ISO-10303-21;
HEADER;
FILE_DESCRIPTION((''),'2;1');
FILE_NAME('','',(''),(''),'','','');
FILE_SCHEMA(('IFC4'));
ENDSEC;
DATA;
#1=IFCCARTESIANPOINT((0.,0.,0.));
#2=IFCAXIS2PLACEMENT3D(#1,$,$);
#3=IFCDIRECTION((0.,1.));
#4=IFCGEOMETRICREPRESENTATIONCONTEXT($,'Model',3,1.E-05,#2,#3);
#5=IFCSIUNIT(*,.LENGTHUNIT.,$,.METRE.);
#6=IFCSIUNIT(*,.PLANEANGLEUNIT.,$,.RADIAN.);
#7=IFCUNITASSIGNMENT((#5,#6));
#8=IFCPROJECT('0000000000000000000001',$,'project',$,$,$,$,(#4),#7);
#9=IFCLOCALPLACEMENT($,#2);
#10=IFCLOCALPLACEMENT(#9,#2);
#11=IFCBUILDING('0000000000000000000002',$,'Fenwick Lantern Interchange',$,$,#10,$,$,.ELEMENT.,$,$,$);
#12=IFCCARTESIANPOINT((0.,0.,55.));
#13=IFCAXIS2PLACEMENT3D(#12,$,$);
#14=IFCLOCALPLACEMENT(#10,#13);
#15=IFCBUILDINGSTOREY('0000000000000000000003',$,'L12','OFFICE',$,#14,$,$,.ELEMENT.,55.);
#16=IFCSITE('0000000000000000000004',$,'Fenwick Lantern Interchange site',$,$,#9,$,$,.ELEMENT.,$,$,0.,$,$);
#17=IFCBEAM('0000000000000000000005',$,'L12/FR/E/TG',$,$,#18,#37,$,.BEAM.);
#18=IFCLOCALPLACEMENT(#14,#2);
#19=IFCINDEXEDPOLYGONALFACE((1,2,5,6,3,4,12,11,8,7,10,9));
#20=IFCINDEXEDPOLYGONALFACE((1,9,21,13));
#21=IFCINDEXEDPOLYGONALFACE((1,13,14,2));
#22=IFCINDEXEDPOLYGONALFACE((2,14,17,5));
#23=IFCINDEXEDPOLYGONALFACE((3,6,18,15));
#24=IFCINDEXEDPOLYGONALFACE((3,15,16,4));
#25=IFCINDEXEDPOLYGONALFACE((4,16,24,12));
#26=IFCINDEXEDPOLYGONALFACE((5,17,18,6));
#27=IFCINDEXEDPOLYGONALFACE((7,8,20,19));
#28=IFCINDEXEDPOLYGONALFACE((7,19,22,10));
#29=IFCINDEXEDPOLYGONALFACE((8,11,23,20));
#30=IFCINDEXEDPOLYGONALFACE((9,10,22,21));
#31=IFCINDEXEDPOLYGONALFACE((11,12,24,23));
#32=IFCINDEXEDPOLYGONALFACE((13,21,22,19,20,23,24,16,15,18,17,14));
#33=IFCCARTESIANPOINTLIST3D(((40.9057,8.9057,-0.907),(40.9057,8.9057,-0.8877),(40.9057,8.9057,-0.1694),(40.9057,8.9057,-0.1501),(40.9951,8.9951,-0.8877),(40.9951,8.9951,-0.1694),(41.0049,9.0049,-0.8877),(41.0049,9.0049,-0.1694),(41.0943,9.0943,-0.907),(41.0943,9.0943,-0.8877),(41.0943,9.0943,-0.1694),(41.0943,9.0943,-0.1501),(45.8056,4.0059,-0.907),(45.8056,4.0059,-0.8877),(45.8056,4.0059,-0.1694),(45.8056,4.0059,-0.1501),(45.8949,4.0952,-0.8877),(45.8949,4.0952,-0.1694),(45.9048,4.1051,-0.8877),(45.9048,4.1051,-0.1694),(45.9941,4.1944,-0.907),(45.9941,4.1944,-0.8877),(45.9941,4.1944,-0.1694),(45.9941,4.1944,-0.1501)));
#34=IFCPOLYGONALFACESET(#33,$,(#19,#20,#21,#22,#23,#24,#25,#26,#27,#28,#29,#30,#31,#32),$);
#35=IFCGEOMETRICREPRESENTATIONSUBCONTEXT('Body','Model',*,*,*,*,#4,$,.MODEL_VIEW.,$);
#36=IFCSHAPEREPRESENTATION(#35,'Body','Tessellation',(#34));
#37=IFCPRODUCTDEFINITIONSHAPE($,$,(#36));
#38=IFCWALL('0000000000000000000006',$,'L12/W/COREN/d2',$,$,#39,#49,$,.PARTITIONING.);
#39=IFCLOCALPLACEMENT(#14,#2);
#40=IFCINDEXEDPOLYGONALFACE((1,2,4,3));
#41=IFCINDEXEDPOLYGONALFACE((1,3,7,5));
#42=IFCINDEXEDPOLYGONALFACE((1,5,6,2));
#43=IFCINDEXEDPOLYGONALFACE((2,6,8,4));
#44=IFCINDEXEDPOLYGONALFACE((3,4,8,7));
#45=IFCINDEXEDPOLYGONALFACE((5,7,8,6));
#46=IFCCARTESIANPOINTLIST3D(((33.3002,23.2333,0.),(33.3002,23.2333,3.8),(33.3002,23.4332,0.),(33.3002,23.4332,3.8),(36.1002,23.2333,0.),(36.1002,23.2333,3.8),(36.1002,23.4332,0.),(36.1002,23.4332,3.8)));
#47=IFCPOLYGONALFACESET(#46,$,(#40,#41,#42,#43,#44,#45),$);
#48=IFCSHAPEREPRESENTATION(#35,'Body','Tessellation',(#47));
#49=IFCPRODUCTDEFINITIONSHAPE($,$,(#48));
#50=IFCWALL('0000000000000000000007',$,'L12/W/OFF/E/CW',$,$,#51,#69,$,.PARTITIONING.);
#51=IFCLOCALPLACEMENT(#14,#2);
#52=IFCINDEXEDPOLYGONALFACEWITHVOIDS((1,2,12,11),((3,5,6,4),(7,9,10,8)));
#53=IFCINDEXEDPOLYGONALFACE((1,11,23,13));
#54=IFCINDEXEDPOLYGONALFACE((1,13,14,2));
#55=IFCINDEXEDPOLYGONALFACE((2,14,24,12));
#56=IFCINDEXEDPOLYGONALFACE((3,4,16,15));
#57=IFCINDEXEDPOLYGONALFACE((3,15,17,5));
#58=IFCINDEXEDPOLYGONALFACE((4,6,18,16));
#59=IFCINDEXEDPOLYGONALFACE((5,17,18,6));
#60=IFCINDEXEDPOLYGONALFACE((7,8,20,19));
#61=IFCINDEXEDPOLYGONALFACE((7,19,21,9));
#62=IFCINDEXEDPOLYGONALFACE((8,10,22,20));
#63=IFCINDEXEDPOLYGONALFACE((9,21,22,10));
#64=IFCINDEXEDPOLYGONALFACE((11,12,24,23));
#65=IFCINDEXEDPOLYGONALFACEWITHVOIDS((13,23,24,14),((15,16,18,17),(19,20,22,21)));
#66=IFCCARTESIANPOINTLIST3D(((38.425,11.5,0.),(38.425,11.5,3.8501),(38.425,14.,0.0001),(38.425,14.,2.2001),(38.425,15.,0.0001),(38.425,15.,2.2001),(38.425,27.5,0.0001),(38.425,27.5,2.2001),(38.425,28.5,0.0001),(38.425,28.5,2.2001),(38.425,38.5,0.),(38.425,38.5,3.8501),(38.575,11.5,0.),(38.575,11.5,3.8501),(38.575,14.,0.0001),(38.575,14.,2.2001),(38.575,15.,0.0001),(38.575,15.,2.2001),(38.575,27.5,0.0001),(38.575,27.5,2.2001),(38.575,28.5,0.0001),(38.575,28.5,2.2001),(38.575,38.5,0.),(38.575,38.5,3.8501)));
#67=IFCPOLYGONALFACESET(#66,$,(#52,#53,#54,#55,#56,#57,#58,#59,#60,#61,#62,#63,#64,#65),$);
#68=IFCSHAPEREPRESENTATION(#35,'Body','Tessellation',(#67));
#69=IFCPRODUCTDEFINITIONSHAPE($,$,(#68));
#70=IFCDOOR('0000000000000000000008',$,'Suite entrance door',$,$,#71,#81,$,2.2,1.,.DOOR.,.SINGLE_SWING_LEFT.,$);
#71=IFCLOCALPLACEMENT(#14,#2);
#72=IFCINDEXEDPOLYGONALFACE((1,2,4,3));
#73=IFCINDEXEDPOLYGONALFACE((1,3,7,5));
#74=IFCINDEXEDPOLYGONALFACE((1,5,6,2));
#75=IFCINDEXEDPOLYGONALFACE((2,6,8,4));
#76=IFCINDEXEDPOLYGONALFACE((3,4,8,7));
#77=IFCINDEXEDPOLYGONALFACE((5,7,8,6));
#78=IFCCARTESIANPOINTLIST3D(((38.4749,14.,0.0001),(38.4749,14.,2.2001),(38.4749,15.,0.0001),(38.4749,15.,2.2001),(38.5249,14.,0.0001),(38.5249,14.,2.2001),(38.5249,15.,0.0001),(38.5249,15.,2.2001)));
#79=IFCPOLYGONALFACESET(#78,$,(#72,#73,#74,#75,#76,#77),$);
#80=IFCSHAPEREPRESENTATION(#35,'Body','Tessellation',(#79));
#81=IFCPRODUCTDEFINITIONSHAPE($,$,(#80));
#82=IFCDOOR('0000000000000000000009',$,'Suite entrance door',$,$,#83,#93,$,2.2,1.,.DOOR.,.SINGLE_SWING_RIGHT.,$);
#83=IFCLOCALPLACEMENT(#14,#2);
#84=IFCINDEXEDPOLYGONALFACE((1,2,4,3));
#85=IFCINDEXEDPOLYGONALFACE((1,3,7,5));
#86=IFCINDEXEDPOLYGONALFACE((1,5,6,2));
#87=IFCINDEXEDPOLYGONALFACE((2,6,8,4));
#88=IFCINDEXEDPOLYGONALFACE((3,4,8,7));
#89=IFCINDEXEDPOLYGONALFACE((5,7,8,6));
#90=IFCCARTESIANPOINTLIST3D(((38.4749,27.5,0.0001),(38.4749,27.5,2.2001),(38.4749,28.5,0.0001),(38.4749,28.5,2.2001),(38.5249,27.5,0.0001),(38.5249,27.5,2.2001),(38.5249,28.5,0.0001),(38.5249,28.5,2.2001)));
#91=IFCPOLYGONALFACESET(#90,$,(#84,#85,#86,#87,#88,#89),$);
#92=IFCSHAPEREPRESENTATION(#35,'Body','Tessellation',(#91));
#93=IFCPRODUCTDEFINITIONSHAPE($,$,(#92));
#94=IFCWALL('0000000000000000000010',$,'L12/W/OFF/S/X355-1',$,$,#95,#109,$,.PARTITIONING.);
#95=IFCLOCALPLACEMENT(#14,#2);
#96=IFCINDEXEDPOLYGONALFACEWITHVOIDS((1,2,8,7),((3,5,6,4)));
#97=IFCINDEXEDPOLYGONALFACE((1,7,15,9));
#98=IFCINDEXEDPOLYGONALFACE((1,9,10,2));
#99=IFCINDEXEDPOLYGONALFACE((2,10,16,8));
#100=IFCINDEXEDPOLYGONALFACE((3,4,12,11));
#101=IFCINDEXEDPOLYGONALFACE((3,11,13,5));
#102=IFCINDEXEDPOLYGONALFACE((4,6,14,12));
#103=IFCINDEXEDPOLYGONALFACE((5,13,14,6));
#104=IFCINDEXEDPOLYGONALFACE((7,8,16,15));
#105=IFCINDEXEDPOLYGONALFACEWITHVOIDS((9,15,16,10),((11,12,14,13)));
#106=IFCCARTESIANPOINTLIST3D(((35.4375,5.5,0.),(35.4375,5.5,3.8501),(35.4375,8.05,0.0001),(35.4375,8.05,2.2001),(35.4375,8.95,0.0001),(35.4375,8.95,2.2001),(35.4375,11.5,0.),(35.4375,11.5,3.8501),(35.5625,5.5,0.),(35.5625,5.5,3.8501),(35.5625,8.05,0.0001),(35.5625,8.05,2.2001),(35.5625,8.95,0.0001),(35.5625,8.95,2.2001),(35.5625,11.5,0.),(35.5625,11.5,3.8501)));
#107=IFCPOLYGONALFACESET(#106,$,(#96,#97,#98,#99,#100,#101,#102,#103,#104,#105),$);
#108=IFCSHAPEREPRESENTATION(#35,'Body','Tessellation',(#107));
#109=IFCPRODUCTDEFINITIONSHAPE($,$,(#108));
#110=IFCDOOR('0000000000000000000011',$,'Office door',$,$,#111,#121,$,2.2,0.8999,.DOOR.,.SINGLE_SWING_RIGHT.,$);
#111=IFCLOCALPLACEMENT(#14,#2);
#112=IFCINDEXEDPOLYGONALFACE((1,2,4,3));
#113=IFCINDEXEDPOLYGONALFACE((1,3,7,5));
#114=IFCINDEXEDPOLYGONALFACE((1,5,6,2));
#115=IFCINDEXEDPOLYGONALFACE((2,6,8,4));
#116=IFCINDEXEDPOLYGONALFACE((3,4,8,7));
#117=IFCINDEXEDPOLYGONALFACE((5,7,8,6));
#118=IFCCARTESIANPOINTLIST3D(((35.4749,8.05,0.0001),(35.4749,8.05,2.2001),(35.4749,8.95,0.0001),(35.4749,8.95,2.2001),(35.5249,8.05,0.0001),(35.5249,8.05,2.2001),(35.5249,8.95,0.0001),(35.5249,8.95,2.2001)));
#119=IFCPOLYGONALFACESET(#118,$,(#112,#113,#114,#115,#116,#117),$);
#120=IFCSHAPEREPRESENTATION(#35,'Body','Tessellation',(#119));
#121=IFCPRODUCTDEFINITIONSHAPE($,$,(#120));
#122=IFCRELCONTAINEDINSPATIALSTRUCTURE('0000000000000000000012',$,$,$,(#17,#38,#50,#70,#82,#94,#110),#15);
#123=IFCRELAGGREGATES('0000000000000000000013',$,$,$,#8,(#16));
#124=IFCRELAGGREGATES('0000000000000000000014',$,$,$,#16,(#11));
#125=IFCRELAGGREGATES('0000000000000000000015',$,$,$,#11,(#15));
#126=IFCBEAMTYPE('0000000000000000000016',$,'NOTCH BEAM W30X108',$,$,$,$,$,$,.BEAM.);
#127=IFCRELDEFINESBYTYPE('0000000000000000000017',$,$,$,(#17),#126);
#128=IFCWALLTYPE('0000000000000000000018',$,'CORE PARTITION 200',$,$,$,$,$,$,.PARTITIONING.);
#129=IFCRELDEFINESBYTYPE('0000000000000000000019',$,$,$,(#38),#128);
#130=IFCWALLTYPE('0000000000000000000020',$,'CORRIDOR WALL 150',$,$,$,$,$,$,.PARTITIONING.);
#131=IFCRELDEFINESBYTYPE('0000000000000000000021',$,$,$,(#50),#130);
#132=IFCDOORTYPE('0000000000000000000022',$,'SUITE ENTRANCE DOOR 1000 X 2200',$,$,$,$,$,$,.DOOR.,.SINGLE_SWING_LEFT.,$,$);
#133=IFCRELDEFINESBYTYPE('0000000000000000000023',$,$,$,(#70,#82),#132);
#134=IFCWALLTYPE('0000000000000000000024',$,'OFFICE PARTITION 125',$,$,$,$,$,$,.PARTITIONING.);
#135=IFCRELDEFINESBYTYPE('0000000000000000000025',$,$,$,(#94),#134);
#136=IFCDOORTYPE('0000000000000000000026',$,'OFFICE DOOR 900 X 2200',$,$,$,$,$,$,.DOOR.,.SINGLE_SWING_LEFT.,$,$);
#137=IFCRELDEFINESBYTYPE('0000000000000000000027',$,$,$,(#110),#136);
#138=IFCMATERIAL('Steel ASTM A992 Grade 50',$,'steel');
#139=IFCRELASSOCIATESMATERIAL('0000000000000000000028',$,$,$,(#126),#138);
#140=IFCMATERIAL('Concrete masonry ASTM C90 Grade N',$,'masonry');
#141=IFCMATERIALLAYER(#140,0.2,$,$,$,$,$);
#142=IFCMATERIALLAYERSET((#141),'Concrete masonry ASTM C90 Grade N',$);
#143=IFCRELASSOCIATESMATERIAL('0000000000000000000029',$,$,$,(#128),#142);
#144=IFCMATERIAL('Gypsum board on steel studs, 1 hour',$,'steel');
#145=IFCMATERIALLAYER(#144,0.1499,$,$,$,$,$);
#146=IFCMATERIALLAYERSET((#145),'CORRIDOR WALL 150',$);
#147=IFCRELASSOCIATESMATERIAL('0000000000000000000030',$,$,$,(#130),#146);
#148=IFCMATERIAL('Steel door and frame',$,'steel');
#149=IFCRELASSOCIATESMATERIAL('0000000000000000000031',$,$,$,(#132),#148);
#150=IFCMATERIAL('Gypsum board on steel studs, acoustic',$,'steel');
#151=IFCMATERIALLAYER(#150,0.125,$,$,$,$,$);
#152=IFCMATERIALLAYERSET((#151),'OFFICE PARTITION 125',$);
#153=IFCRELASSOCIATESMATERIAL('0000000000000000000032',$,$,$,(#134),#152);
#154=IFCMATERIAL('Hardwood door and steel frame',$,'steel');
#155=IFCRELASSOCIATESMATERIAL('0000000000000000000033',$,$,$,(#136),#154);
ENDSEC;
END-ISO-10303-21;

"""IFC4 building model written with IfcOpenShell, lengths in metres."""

from ifc_helpers import new_model, si_unit, direction, frame, frame_2d, origin, origin_2d, place, context, subcontext, project, spatial, rectangle, i_section, extrude, material, layer, layer_set, material_profile, profile_set, type_object, element, fill, save


model = new_model("IFC4")

# Units and contexts
model_context = context("Model", 3, precision=1e-05, world=origin(), true_north=direction((0.0, 1.0)))
body_context = subcontext(model_context, "Body", "Model", "MODEL_VIEW")
ifc_project = project(units=[si_unit("LENGTHUNIT", "METRE"), si_unit("PLANEANGLEUNIT", "RADIAN")], contexts=[model_context])

# Site, building, storey
site_placement = place(None, origin())
site = spatial("IfcSite", under=ifc_project, at=site_placement, Name="Fenwick Lantern Interchange site", CompositionType="ELEMENT", RefElevation=0.0)
building_placement = place(site_placement, origin())
building = spatial("IfcBuilding", under=site, at=building_placement, Name="Fenwick Lantern Interchange", CompositionType="ELEMENT")
storey_placement = place(building_placement, frame((0.0, 0.0, 55.0)))
storey = spatial("IfcBuildingStorey", under=building, at=storey_placement, Name="L12", Description="OFFICE", CompositionType="ELEMENT", Elevation=55.0)

# Beam
ifc_material_1 = material(Name="Steel ASTM A992 Grade 50", Category="steel")
ifc_material_profile_1 = material_profile(ifc_material_1, i_section(OverallWidth=0.2666, OverallDepth=0.7568, WebThickness=0.0139, FlangeThickness=0.0193, at=origin_2d()), Name="W30X108")
ifc_profile_set_1 = profile_set([ifc_material_profile_1], Name="Steel ASTM A992 Grade 50")
beam_type_1 = type_object("IfcBeamType", Name="NOTCH BEAM W30X108", PredefinedType="BEAM", material=ifc_profile_set_1)
beam_1_placement = place(storey_placement, frame((41.0, 9.0, -0.5286), z_axis=(0.707107, -0.707107, 0.0), x_axis=(0.707107, 0.707107, 0.0)))
element("IfcBeam", 1, at=beam_1_placement, inside=storey, type_object=beam_type_1, Name="L12/FR/E/TG", PredefinedType="BEAM", context=body_context, shape_type="SweptSolid", body=[
    extrude(i_section(OverallWidth=0.2666, OverallDepth=0.7568, WebThickness=0.0139, FlangeThickness=0.0193, at=origin_2d()), origin(), (0.0, 0.0, 1.0), 6.9294),
])

# Wall
ifc_material_2 = material(Name="Concrete masonry ASTM C90 Grade N", Category="masonry")
ifc_layer_1 = layer(ifc_material_2, 0.2)
ifc_layer_set_1 = layer_set([ifc_layer_1], Name="Concrete masonry ASTM C90 Grade N")
wall_type_1 = type_object("IfcWallType", Name="CORE PARTITION 200", PredefinedType="PARTITIONING", material=ifc_layer_set_1)
wall_1_placement = place(storey_placement, frame((36.1001, 23.3333, 0.0), z_axis=(0.0, 0.0, 1.0), x_axis=(-1.0, 0.0, 0.0)))
element("IfcWall", 2, at=wall_1_placement, inside=storey, type_object=wall_type_1, Name="L12/W/COREN/d2", PredefinedType="PARTITIONING", context=body_context, shape_type="SweptSolid", body=[
    extrude(rectangle(XDim=2.8, YDim=0.2, at=frame_2d((1.3999, 0.0))), origin(), (0.0, 0.0, 1.0), 3.8),
])

# Wall, openings, doors
ifc_material_3 = material(Name="Steel door and frame", Category="steel")
ifc_material_4 = material(Name="Gypsum board on steel studs, 1 hour", Category="steel")
ifc_layer_2 = layer(ifc_material_4, 0.1499)
ifc_layer_set_2 = layer_set([ifc_layer_2], Name="CORRIDOR WALL 150")
wall_type_2 = type_object("IfcWallType", Name="CORRIDOR WALL 150", PredefinedType="PARTITIONING", material=ifc_layer_set_2)
wall_2_placement = place(storey_placement, frame((38.5, 11.5, 0.0), z_axis=(0.0, 0.0, 1.0), x_axis=(0.0, 1.0, 0.0)))
wall_2 = element("IfcWall", 3, at=wall_2_placement, inside=storey, type_object=wall_type_2, Name="L12/W/OFF/E/CW", PredefinedType="PARTITIONING", context=body_context, shape_type="SweptSolid", body=[
    extrude(rectangle(XDim=27.0, YDim=0.1499, at=frame_2d((13.5, 0.0))), origin(), (0.0, 0.0, 1.0), 3.8501),
])
opening_1_placement = place(wall_2_placement, frame((2.5, 0.0, 0.0)))
opening_1 = element("IfcOpeningElement", 4, at=opening_1_placement, cuts=wall_2, PredefinedType="OPENING", context=body_context, shape_type="SweptSolid", body=[
    extrude(rectangle(XDim=1.0, YDim=2.2, at=frame_2d((0.5, 1.1001))), frame((0.0, 0.085, 0.0), z_axis=(0.0, -1.0, 0.0), x_axis=(1.0, 0.0, 0.0)), (0.0, 0.0, 1.0), 0.1699),
])
opening_2_placement = place(wall_2_placement, frame((16.0, 0.0, 0.0)))
opening_2 = element("IfcOpeningElement", 5, at=opening_2_placement, cuts=wall_2, PredefinedType="OPENING", context=body_context, shape_type="SweptSolid", body=[
    extrude(rectangle(XDim=1.0, YDim=2.2, at=frame_2d((0.5, 1.1001))), frame((0.0, 0.085, 0.0), z_axis=(0.0, -1.0, 0.0), x_axis=(1.0, 0.0, 0.0)), (0.0, 0.0, 1.0), 0.1699),
])
door_type_1 = type_object("IfcDoorType", Name="SUITE ENTRANCE DOOR 1000 X 2200", OperationType="SINGLE_SWING_LEFT", PredefinedType="DOOR", material=ifc_material_3)
door_1_placement = place(opening_1_placement, frame((1.0, 0.0, 0.0), z_axis=(0.0, 0.0, 1.0), x_axis=(-1.0, 0.0, 0.0)))
door_1 = element("IfcDoor", 6, at=door_1_placement, inside=storey, type_object=door_type_1, Name="Suite entrance door", OperationType="SINGLE_SWING_LEFT", OverallHeight=2.2, OverallWidth=1.0, PredefinedType="DOOR", context=body_context, shape_type="SweptSolid", body=[
    extrude(rectangle(XDim=1.0, YDim=2.2, at=frame_2d((0.5, 1.1001))), frame((0.0, 0.0249, 0.0), z_axis=(0.0, -1.0, 0.0), x_axis=(1.0, 0.0, 0.0)), (0.0, 0.0, 1.0), 0.05),
])
fill(opening_1, door_1)
door_2_placement = place(opening_2_placement, frame((1.0, 0.0, 0.0), z_axis=(0.0, 0.0, 1.0), x_axis=(-1.0, 0.0, 0.0)))
door_2 = element("IfcDoor", 7, at=door_2_placement, inside=storey, type_object=door_type_1, Name="Suite entrance door", OperationType="SINGLE_SWING_RIGHT", OverallHeight=2.2, OverallWidth=1.0, PredefinedType="DOOR", context=body_context, shape_type="SweptSolid", body=[
    extrude(rectangle(XDim=1.0, YDim=2.2, at=frame_2d((0.5, 1.1001))), frame((0.0, 0.0249, 0.0), z_axis=(0.0, -1.0, 0.0), x_axis=(1.0, 0.0, 0.0)), (0.0, 0.0, 1.0), 0.05),
])
fill(opening_2, door_2)

# Wall, opening, door
ifc_material_5 = material(Name="Gypsum board on steel studs, acoustic", Category="steel")
ifc_layer_3 = layer(ifc_material_5, 0.125)
ifc_layer_set_3 = layer_set([ifc_layer_3], Name="OFFICE PARTITION 125")
wall_type_3 = type_object("IfcWallType", Name="OFFICE PARTITION 125", PredefinedType="PARTITIONING", material=ifc_layer_set_3)
wall_3_placement = place(storey_placement, frame((35.5, 5.5, 0.0), z_axis=(0.0, 0.0, 1.0), x_axis=(0.0, 1.0, 0.0)))
wall_3 = element("IfcWall", 8, at=wall_3_placement, inside=storey, type_object=wall_type_3, Name="L12/W/OFF/S/X355-1", PredefinedType="PARTITIONING", context=body_context, shape_type="SweptSolid", body=[
    extrude(rectangle(XDim=6.0, YDim=0.125, at=frame_2d((3.0, 0.0))), origin(), (0.0, 0.0, 1.0), 3.8501),
])
opening_3_placement = place(wall_3_placement, frame((2.55, 0.0, 0.0)))
opening_3 = element("IfcOpeningElement", 9, at=opening_3_placement, cuts=wall_3, PredefinedType="OPENING", context=body_context, shape_type="SweptSolid", body=[
    extrude(rectangle(XDim=0.8999, YDim=2.2, at=frame_2d((0.45, 1.1001))), frame((0.0, 0.0725, 0.0), z_axis=(0.0, -1.0, 0.0), x_axis=(1.0, 0.0, 0.0)), (0.0, 0.0, 1.0), 0.145),
])
ifc_material_6 = material(Name="Hardwood door and steel frame", Category="steel")
door_type_2 = type_object("IfcDoorType", Name="OFFICE DOOR 900 X 2200", OperationType="SINGLE_SWING_LEFT", PredefinedType="DOOR", material=ifc_material_6)
door_3_placement = place(opening_3_placement, frame((0.8999, 0.0, 0.0), z_axis=(0.0, 0.0, 1.0), x_axis=(-1.0, 0.0, 0.0)))
door_3 = element("IfcDoor", 10, at=door_3_placement, inside=storey, type_object=door_type_2, Name="Office door", OperationType="SINGLE_SWING_RIGHT", OverallHeight=2.2, OverallWidth=0.8999, PredefinedType="DOOR", context=body_context, shape_type="SweptSolid", body=[
    extrude(rectangle(XDim=0.8999, YDim=2.2, at=frame_2d((0.45, 1.1001))), frame((0.0, 0.0249, 0.0), z_axis=(0.0, -1.0, 0.0), x_axis=(1.0, 0.0, 0.0)), (0.0, 0.0, 1.0), 0.05),
])
fill(opening_3, door_3)

save(model, "model.ifc")
